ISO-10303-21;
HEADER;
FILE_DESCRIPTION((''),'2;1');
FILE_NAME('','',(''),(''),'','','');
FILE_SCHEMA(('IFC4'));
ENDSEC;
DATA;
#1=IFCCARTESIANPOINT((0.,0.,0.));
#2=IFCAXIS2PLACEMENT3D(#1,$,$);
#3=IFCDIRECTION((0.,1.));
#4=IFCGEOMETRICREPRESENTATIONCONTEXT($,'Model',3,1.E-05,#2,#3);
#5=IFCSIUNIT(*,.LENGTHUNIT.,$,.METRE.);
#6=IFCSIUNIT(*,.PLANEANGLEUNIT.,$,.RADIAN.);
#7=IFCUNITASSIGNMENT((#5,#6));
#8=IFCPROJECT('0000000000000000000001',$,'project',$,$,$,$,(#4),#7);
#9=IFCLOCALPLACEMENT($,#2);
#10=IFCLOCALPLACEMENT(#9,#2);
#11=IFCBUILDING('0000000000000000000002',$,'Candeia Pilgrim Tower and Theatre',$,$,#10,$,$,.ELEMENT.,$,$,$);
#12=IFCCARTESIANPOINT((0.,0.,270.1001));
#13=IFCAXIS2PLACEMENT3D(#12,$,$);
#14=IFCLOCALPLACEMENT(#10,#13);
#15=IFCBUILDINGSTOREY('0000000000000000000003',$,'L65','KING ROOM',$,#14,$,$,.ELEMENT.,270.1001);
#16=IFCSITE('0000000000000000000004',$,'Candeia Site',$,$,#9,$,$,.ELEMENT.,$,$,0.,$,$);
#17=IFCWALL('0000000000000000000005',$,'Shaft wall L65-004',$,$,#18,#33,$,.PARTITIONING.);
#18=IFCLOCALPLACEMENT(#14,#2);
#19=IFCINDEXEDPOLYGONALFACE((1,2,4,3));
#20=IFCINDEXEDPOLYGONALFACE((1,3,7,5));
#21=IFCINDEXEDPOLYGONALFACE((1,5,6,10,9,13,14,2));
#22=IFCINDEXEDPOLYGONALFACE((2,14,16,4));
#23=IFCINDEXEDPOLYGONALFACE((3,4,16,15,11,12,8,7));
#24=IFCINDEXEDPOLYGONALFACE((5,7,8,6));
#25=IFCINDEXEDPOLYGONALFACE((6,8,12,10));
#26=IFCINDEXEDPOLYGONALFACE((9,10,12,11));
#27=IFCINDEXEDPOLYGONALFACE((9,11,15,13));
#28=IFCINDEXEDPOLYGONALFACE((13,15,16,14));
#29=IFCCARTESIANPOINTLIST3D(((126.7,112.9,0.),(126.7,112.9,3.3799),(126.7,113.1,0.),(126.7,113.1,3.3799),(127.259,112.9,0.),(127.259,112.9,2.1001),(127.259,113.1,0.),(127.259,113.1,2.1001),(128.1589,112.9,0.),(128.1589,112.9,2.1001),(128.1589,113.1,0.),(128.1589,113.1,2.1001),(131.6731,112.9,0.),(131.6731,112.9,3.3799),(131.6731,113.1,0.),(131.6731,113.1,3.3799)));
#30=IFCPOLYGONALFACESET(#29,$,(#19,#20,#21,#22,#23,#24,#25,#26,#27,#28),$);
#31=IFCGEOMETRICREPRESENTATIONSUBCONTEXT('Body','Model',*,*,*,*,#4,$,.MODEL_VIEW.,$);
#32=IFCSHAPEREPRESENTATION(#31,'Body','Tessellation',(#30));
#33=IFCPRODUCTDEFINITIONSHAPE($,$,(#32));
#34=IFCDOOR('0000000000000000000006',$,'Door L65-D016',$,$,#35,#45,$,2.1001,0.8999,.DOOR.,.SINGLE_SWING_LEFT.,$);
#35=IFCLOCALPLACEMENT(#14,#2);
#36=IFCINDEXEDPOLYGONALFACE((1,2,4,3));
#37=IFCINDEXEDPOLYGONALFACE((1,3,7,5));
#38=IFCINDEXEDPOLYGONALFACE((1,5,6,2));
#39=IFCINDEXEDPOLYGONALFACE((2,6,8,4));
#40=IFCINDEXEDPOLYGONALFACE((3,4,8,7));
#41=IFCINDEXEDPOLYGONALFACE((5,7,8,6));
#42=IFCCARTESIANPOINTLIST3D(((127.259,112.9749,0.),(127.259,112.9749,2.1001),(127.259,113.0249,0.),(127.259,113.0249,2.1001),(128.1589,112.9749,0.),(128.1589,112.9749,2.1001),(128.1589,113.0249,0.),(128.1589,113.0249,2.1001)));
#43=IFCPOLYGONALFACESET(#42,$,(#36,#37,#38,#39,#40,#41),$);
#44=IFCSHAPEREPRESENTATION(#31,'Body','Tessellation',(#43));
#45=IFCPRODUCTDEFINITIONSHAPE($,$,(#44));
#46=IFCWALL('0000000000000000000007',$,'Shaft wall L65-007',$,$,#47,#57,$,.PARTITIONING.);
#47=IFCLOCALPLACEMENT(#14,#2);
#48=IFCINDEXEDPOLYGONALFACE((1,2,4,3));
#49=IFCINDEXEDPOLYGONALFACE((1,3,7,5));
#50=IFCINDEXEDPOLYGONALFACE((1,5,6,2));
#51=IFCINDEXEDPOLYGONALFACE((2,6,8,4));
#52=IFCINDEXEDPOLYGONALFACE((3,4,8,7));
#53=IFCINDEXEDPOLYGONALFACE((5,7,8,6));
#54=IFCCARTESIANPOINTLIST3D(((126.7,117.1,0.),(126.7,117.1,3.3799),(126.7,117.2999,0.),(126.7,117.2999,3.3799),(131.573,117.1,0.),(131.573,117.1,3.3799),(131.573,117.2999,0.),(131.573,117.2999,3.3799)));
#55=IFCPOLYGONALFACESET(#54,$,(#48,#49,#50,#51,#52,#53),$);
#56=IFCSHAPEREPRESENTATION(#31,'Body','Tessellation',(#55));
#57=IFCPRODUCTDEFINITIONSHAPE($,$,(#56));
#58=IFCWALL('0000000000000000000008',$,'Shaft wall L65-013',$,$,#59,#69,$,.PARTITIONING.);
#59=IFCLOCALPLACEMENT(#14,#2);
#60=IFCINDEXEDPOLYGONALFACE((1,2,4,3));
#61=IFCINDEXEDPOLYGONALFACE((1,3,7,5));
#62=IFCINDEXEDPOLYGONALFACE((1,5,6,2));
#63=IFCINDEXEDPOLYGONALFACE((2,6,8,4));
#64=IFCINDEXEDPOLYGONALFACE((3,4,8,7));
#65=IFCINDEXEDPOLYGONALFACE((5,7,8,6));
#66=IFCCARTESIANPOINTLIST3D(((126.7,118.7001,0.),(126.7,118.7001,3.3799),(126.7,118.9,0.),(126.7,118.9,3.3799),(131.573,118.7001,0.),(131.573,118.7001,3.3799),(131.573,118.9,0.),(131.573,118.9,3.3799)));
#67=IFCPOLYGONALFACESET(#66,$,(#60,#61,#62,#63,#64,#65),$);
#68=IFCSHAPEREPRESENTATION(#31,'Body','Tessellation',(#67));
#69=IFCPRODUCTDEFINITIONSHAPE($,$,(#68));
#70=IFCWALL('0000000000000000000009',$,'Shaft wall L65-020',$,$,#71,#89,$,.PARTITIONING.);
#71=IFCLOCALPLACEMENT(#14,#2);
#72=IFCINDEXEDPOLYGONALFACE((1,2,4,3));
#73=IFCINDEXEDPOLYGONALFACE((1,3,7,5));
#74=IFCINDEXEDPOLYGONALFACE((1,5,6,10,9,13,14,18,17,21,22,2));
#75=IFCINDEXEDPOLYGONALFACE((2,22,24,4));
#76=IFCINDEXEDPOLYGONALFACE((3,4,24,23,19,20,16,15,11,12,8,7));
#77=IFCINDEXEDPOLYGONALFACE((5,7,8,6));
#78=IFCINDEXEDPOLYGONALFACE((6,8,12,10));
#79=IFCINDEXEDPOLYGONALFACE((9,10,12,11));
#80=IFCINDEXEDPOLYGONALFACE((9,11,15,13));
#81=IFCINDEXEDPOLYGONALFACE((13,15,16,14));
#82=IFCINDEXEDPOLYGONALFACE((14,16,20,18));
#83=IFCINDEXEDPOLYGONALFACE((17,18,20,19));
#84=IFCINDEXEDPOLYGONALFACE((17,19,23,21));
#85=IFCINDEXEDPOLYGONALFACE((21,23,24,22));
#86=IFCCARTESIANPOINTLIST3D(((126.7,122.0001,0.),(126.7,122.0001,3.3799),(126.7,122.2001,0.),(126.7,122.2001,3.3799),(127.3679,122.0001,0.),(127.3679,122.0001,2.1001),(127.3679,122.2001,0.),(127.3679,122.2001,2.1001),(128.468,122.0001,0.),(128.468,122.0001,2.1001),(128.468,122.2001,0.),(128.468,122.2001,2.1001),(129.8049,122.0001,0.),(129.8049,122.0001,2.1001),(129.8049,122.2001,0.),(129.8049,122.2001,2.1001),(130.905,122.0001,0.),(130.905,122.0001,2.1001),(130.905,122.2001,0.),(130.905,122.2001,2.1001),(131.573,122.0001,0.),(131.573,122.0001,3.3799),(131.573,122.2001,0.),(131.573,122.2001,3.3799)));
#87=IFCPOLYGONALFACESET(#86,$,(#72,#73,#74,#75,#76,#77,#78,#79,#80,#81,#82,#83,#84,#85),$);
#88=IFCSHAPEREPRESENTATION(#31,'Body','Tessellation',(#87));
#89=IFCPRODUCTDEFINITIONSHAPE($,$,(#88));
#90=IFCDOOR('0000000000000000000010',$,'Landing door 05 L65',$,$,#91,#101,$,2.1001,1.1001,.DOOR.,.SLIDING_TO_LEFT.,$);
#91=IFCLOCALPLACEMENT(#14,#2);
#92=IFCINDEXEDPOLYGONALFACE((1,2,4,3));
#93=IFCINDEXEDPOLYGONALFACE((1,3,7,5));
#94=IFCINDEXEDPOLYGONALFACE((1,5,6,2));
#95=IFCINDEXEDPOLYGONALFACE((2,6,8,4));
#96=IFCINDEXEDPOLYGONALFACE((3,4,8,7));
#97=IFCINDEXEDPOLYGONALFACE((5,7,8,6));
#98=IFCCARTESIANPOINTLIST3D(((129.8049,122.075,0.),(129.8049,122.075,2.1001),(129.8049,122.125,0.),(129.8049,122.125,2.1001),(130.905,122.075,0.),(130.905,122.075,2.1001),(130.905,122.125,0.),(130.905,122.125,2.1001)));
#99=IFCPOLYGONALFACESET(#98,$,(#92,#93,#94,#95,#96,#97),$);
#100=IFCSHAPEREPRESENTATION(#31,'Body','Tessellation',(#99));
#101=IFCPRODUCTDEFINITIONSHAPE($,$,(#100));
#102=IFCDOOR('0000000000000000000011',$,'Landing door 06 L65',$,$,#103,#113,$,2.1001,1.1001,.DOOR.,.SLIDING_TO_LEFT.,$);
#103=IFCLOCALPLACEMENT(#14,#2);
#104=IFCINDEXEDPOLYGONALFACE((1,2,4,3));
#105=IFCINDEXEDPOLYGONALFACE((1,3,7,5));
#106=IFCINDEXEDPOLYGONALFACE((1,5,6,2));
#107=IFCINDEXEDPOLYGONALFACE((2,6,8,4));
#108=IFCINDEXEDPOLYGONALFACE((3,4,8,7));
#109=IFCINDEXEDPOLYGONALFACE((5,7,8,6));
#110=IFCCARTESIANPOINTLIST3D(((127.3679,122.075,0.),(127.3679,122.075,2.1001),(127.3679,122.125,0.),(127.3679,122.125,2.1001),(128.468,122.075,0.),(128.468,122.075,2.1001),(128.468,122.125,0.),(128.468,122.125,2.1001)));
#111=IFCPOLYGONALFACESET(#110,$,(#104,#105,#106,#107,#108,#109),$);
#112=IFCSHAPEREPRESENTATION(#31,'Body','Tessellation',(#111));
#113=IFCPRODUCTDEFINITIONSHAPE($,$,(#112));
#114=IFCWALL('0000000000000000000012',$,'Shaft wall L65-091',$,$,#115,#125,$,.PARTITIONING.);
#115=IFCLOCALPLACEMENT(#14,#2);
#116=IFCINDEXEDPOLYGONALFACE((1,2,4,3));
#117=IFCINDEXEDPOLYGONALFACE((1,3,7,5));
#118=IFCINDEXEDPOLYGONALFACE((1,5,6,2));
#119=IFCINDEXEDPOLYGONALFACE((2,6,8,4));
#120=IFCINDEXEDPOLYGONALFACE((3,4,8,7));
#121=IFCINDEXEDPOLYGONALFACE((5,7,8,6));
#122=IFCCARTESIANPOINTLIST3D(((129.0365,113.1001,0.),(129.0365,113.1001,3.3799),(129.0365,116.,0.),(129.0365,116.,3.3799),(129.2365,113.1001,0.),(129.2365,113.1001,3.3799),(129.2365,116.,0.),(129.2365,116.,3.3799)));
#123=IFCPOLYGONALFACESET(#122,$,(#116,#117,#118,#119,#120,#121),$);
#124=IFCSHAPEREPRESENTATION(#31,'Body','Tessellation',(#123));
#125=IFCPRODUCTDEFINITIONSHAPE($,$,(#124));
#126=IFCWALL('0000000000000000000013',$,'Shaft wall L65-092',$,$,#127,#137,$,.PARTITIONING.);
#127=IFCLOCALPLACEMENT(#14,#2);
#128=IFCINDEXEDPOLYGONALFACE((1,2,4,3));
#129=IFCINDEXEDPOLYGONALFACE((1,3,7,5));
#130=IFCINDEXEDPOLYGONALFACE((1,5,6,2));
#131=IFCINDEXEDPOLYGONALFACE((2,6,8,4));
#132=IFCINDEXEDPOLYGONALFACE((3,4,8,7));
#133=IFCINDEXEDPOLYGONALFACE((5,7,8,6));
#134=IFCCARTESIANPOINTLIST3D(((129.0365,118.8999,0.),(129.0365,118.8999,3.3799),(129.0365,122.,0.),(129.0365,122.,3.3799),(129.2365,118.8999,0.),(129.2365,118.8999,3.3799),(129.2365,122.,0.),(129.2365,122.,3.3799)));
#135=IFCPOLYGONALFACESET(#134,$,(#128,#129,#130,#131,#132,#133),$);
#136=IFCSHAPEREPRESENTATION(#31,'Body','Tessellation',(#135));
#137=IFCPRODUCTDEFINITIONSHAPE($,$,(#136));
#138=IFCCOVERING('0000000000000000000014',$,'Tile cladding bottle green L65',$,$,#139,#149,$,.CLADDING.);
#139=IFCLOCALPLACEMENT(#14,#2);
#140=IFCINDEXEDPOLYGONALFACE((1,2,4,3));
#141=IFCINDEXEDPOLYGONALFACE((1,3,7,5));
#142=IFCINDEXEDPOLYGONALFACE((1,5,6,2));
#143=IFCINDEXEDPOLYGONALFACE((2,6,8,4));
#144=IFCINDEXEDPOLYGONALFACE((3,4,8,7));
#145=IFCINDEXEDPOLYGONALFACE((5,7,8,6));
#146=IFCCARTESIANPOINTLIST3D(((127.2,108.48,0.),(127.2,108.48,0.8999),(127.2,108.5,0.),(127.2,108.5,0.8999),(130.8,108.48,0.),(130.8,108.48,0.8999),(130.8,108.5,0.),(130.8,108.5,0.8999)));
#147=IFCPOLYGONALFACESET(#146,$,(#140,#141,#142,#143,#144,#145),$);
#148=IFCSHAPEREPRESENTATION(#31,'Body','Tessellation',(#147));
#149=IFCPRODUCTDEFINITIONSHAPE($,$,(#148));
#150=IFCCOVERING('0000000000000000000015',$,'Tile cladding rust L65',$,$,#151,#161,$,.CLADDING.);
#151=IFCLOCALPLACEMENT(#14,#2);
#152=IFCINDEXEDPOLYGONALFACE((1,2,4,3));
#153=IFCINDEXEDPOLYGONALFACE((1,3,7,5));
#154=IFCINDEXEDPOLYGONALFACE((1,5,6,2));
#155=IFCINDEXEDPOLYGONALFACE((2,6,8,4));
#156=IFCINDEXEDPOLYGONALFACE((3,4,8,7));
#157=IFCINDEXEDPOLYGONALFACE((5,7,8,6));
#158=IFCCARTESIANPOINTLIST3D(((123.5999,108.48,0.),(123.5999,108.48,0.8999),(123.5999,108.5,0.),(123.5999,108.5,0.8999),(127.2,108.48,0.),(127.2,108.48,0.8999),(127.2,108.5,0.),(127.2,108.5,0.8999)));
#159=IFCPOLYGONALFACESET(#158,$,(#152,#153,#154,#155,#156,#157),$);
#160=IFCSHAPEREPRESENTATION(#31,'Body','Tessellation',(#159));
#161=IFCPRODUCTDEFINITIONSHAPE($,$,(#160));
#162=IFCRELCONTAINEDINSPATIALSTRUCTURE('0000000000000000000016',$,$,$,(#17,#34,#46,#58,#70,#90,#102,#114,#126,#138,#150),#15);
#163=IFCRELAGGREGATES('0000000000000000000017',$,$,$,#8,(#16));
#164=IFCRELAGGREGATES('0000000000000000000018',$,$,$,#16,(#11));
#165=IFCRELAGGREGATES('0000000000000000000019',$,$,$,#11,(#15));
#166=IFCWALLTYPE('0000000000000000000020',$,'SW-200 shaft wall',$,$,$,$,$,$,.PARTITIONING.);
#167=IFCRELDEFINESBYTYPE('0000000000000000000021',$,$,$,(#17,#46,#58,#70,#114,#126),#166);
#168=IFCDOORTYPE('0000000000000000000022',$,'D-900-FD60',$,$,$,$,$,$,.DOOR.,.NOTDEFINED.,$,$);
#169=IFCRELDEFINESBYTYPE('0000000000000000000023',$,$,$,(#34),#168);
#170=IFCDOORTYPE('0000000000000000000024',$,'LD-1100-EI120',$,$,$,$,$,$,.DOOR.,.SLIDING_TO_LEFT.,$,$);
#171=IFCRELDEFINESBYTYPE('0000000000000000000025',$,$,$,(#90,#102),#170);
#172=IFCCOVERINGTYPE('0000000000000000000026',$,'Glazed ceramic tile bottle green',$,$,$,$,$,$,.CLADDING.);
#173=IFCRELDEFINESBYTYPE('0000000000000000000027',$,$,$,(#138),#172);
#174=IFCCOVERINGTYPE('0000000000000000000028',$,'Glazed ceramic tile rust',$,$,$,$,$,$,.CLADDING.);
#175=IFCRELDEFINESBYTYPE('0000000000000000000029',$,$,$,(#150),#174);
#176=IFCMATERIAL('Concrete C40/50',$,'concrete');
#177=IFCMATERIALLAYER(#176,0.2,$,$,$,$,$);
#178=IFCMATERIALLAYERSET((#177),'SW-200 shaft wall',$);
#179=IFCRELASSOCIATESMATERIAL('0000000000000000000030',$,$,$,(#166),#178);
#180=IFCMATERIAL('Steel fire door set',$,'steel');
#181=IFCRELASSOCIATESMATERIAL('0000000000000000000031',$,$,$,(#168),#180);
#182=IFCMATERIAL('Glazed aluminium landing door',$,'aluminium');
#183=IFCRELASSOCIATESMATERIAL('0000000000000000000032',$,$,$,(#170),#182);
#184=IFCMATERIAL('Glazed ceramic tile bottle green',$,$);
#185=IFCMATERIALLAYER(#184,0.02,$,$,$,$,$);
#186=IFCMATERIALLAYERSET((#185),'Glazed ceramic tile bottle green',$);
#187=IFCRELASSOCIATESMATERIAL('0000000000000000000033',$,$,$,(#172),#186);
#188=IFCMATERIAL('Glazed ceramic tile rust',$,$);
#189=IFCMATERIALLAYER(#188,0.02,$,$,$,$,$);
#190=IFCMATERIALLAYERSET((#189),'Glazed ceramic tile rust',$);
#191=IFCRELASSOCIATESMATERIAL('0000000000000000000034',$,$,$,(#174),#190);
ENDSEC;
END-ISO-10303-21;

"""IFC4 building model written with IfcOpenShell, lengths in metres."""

from ifc_helpers import new_model, si_unit, direction, frame, frame_2d, origin, origin_2d, place, context, subcontext, project, spatial, rectangle, extrude, material, layer, layer_set, type_object, element, fill, save


model = new_model("IFC4")

# Units and contexts
model_context = context("Model", 3, precision=1e-05, world=origin(), true_north=direction((0.0, 1.0)))
body_context = subcontext(model_context, "Body", "Model", "MODEL_VIEW")
ifc_project = project(units=[si_unit("LENGTHUNIT", "METRE"), si_unit("PLANEANGLEUNIT", "RADIAN")], contexts=[model_context])

# Site, building, storey
site_placement = place(None, origin())
site = spatial("IfcSite", under=ifc_project, at=site_placement, Name="Candeia Site", CompositionType="ELEMENT", RefElevation=0.0)
building_placement = place(site_placement, origin())
building = spatial("IfcBuilding", under=site, at=building_placement, Name="Candeia Pilgrim Tower and Theatre", CompositionType="ELEMENT")
storey_placement = place(building_placement, frame((0.0, 0.0, 270.1001)))
storey = spatial("IfcBuildingStorey", under=building, at=storey_placement, Name="L65", Description="KING ROOM", CompositionType="ELEMENT", Elevation=270.1001)

# Shared definitions
ifc_material_1 = material(Name="Concrete C40/50", Category="concrete")

# Shared definitions
ifc_material_2 = material(Name="Steel fire door set", Category="steel")

# Wall, opening, door
ifc_layer_1 = layer(ifc_material_1, 0.2)
ifc_layer_set_1 = layer_set([ifc_layer_1], Name="SW-200 shaft wall")
wall_type_1 = type_object("IfcWallType", Name="SW-200 shaft wall", PredefinedType="PARTITIONING", material=ifc_layer_set_1)
wall_1_placement = place(storey_placement, frame((126.7, 113.0, 0.0), z_axis=(0.0, 0.0, 1.0), x_axis=(1.0, 0.0, 0.0)))
wall_1 = element("IfcWall", 1, at=wall_1_placement, inside=storey, type_object=wall_type_1, Name="Shaft wall L65-004", PredefinedType="PARTITIONING", context=body_context, shape_type="SweptSolid", body=[
    extrude(rectangle(XDim=4.9731, YDim=0.2, at=frame_2d((2.4866, 0.0))), origin(), (0.0, 0.0, 1.0), 3.3799),
])
opening_1_placement = place(wall_1_placement, frame((0.5591, 0.0, 0.0)))
opening_1 = element("IfcOpeningElement", 2, at=opening_1_placement, cuts=wall_1, PredefinedType="OPENING", context=body_context, shape_type="SweptSolid", body=[
    extrude(rectangle(XDim=0.8999, YDim=2.1001, at=frame_2d((0.45, 1.05))), frame((0.0, 0.1099, 0.0), z_axis=(0.0, -1.0, 0.0), x_axis=(1.0, 0.0, 0.0)), (0.0, 0.0, 1.0), 0.22),
])
door_type_1 = type_object("IfcDoorType", Name="D-900-FD60", OperationType="NOTDEFINED", PredefinedType="DOOR", material=ifc_material_2)
door_1_placement = place(opening_1_placement, origin())
door_1 = element("IfcDoor", 3, at=door_1_placement, inside=storey, type_object=door_type_1, Name="Door L65-D016", OperationType="SINGLE_SWING_LEFT", OverallHeight=2.1001, OverallWidth=0.8999, PredefinedType="DOOR", context=body_context, shape_type="SweptSolid", body=[
    extrude(rectangle(XDim=0.8999, YDim=2.1001, at=frame_2d((0.45, 1.05))), frame((0.0, 0.0249, 0.0), z_axis=(0.0, -1.0, 0.0), x_axis=(1.0, 0.0, 0.0)), (0.0, 0.0, 1.0), 0.05),
])
fill(opening_1, door_1)

# Walls
for number, where, z_axis, x_axis, name in (
    (4, (126.7, 117.2, 0.0), (0.0, 0.0, 1.0), (1.0, 0.0, 0.0), "Shaft wall L65-007"),
    (5, (126.7, 118.8, 0.0), (0.0, 0.0, 1.0), (1.0, 0.0, 0.0), "Shaft wall L65-013"),
):
    element("IfcWall", number, at=place(storey_placement, frame(where, z_axis=z_axis, x_axis=x_axis)), inside=storey, type_object=wall_type_1, Name=name, PredefinedType="PARTITIONING", context=body_context, shape_type="SweptSolid", body=[
        extrude(rectangle(XDim=4.873, YDim=0.2, at=frame_2d((2.4365, 0.0))), origin(), (0.0, 0.0, 1.0), 3.3799),
    ])

# Wall, openings, doors
wall_2_placement = place(storey_placement, frame((126.7, 122.1001, 0.0), z_axis=(0.0, 0.0, 1.0), x_axis=(1.0, 0.0, 0.0)))
wall_2 = element("IfcWall", 6, at=wall_2_placement, inside=storey, type_object=wall_type_1, Name="Shaft wall L65-020", PredefinedType="PARTITIONING", context=body_context, shape_type="SweptSolid", body=[
    extrude(rectangle(XDim=4.873, YDim=0.2, at=frame_2d((2.4365, 0.0))), origin(), (0.0, 0.0, 1.0), 3.3799),
])
opening_2_placement = place(wall_2_placement, frame((3.105, 0.0, 0.0)))
opening_2 = element("IfcOpeningElement", 7, at=opening_2_placement, cuts=wall_2, PredefinedType="OPENING", context=body_context, shape_type="SweptSolid", body=[
    extrude(rectangle(XDim=1.1001, YDim=2.1001, at=frame_2d((0.55, 1.05))), frame((0.0, 0.1099, 0.0), z_axis=(0.0, -1.0, 0.0), x_axis=(1.0, 0.0, 0.0)), (0.0, 0.0, 1.0), 0.22),
])
opening_3_placement = place(wall_2_placement, frame((0.668, 0.0, 0.0)))
opening_3 = element("IfcOpeningElement", 8, at=opening_3_placement, cuts=wall_2, PredefinedType="OPENING", context=body_context, shape_type="SweptSolid", body=[
    extrude(rectangle(XDim=1.1001, YDim=2.1001, at=frame_2d((0.55, 1.05))), frame((0.0, 0.1099, 0.0), z_axis=(0.0, -1.0, 0.0), x_axis=(1.0, 0.0, 0.0)), (0.0, 0.0, 1.0), 0.22),
])
ifc_material_3 = material(Name="Glazed aluminium landing door", Category="aluminium")
door_type_2 = type_object("IfcDoorType", Name="LD-1100-EI120", OperationType="SLIDING_TO_LEFT", PredefinedType="DOOR", material=ifc_material_3)
door_2_placement = place(opening_2_placement, origin())
door_2 = element("IfcDoor", 9, at=door_2_placement, inside=storey, type_object=door_type_2, Name="Landing door 05 L65", OperationType="SLIDING_TO_LEFT", OverallHeight=2.1001, OverallWidth=1.1001, PredefinedType="DOOR", context=body_context, shape_type="SweptSolid", body=[
    extrude(rectangle(XDim=1.1001, YDim=2.1001, at=frame_2d((0.55, 1.05))), frame((0.0, 0.0249, 0.0), z_axis=(0.0, -1.0, 0.0), x_axis=(1.0, 0.0, 0.0)), (0.0, 0.0, 1.0), 0.05),
])
fill(opening_2, door_2)
door_3_placement = place(opening_3_placement, origin())
door_3 = element("IfcDoor", 10, at=door_3_placement, inside=storey, type_object=door_type_2, Name="Landing door 06 L65", OperationType="SLIDING_TO_LEFT", OverallHeight=2.1001, OverallWidth=1.1001, PredefinedType="DOOR", context=body_context, shape_type="SweptSolid", body=[
    extrude(rectangle(XDim=1.1001, YDim=2.1001, at=frame_2d((0.55, 1.05))), frame((0.0, 0.0249, 0.0), z_axis=(0.0, -1.0, 0.0), x_axis=(1.0, 0.0, 0.0)), (0.0, 0.0, 1.0), 0.05),
])
fill(opening_3, door_3)

# Walls
wall_3_placement = place(storey_placement, frame((129.1365, 113.1001, 0.0), z_axis=(0.0, 0.0, 1.0), x_axis=(0.0, 1.0, 0.0)))
element("IfcWall", 11, at=wall_3_placement, inside=storey, type_object=wall_type_1, Name="Shaft wall L65-091", PredefinedType="PARTITIONING", context=body_context, shape_type="SweptSolid", body=[
    extrude(rectangle(XDim=2.8999, YDim=0.2, at=frame_2d((1.45, 0.0))), origin(), (0.0, 0.0, 1.0), 3.3799),
])
wall_4_placement = place(storey_placement, frame((129.1365, 118.8999, 0.0), z_axis=(0.0, 0.0, 1.0), x_axis=(0.0, 1.0, 0.0)))
element("IfcWall", 12, at=wall_4_placement, inside=storey, type_object=wall_type_1, Name="Shaft wall L65-092", PredefinedType="PARTITIONING", context=body_context, shape_type="SweptSolid", body=[
    extrude(rectangle(XDim=3.1001, YDim=0.2, at=frame_2d((1.55, 0.0))), origin(), (0.0, 0.0, 1.0), 3.3799),
])

# Coverings
ifc_material_4 = material(Name="Glazed ceramic tile bottle green")
ifc_layer_2 = layer(ifc_material_4, 0.02)
ifc_layer_set_2 = layer_set([ifc_layer_2], Name="Glazed ceramic tile bottle green")
covering_type_1 = type_object("IfcCoveringType", Name="Glazed ceramic tile bottle green", PredefinedType="CLADDING", material=ifc_layer_set_2)
covering_1_placement = place(storey_placement, frame((129.0, 108.49, 0.0), z_axis=(0.0, 0.0, 1.0), x_axis=(1.0, 0.0, 0.0)))
element("IfcCovering", 13, at=covering_1_placement, inside=storey, type_object=covering_type_1, Name="Tile cladding bottle green L65", PredefinedType="CLADDING", context=body_context, shape_type="SweptSolid", body=[
    extrude(rectangle(XDim=3.6001, YDim=0.02, at=origin_2d()), origin(), (0.0, 0.0, 1.0), 0.8999),
])
ifc_material_5 = material(Name="Glazed ceramic tile rust")
ifc_layer_3 = layer(ifc_material_5, 0.02)
ifc_layer_set_3 = layer_set([ifc_layer_3], Name="Glazed ceramic tile rust")
covering_type_2 = type_object("IfcCoveringType", Name="Glazed ceramic tile rust", PredefinedType="CLADDING", material=ifc_layer_set_3)
covering_2_placement = place(storey_placement, frame((125.3999, 108.49, 0.0), z_axis=(0.0, 0.0, 1.0), x_axis=(1.0, 0.0, 0.0)))
element("IfcCovering", 14, at=covering_2_placement, inside=storey, type_object=covering_type_2, Name="Tile cladding rust L65", PredefinedType="CLADDING", context=body_context, shape_type="SweptSolid", body=[
    extrude(rectangle(XDim=3.6001, YDim=0.02, at=origin_2d()), origin(), (0.0, 0.0, 1.0), 0.8999),
])

save(model, "model.ifc")
